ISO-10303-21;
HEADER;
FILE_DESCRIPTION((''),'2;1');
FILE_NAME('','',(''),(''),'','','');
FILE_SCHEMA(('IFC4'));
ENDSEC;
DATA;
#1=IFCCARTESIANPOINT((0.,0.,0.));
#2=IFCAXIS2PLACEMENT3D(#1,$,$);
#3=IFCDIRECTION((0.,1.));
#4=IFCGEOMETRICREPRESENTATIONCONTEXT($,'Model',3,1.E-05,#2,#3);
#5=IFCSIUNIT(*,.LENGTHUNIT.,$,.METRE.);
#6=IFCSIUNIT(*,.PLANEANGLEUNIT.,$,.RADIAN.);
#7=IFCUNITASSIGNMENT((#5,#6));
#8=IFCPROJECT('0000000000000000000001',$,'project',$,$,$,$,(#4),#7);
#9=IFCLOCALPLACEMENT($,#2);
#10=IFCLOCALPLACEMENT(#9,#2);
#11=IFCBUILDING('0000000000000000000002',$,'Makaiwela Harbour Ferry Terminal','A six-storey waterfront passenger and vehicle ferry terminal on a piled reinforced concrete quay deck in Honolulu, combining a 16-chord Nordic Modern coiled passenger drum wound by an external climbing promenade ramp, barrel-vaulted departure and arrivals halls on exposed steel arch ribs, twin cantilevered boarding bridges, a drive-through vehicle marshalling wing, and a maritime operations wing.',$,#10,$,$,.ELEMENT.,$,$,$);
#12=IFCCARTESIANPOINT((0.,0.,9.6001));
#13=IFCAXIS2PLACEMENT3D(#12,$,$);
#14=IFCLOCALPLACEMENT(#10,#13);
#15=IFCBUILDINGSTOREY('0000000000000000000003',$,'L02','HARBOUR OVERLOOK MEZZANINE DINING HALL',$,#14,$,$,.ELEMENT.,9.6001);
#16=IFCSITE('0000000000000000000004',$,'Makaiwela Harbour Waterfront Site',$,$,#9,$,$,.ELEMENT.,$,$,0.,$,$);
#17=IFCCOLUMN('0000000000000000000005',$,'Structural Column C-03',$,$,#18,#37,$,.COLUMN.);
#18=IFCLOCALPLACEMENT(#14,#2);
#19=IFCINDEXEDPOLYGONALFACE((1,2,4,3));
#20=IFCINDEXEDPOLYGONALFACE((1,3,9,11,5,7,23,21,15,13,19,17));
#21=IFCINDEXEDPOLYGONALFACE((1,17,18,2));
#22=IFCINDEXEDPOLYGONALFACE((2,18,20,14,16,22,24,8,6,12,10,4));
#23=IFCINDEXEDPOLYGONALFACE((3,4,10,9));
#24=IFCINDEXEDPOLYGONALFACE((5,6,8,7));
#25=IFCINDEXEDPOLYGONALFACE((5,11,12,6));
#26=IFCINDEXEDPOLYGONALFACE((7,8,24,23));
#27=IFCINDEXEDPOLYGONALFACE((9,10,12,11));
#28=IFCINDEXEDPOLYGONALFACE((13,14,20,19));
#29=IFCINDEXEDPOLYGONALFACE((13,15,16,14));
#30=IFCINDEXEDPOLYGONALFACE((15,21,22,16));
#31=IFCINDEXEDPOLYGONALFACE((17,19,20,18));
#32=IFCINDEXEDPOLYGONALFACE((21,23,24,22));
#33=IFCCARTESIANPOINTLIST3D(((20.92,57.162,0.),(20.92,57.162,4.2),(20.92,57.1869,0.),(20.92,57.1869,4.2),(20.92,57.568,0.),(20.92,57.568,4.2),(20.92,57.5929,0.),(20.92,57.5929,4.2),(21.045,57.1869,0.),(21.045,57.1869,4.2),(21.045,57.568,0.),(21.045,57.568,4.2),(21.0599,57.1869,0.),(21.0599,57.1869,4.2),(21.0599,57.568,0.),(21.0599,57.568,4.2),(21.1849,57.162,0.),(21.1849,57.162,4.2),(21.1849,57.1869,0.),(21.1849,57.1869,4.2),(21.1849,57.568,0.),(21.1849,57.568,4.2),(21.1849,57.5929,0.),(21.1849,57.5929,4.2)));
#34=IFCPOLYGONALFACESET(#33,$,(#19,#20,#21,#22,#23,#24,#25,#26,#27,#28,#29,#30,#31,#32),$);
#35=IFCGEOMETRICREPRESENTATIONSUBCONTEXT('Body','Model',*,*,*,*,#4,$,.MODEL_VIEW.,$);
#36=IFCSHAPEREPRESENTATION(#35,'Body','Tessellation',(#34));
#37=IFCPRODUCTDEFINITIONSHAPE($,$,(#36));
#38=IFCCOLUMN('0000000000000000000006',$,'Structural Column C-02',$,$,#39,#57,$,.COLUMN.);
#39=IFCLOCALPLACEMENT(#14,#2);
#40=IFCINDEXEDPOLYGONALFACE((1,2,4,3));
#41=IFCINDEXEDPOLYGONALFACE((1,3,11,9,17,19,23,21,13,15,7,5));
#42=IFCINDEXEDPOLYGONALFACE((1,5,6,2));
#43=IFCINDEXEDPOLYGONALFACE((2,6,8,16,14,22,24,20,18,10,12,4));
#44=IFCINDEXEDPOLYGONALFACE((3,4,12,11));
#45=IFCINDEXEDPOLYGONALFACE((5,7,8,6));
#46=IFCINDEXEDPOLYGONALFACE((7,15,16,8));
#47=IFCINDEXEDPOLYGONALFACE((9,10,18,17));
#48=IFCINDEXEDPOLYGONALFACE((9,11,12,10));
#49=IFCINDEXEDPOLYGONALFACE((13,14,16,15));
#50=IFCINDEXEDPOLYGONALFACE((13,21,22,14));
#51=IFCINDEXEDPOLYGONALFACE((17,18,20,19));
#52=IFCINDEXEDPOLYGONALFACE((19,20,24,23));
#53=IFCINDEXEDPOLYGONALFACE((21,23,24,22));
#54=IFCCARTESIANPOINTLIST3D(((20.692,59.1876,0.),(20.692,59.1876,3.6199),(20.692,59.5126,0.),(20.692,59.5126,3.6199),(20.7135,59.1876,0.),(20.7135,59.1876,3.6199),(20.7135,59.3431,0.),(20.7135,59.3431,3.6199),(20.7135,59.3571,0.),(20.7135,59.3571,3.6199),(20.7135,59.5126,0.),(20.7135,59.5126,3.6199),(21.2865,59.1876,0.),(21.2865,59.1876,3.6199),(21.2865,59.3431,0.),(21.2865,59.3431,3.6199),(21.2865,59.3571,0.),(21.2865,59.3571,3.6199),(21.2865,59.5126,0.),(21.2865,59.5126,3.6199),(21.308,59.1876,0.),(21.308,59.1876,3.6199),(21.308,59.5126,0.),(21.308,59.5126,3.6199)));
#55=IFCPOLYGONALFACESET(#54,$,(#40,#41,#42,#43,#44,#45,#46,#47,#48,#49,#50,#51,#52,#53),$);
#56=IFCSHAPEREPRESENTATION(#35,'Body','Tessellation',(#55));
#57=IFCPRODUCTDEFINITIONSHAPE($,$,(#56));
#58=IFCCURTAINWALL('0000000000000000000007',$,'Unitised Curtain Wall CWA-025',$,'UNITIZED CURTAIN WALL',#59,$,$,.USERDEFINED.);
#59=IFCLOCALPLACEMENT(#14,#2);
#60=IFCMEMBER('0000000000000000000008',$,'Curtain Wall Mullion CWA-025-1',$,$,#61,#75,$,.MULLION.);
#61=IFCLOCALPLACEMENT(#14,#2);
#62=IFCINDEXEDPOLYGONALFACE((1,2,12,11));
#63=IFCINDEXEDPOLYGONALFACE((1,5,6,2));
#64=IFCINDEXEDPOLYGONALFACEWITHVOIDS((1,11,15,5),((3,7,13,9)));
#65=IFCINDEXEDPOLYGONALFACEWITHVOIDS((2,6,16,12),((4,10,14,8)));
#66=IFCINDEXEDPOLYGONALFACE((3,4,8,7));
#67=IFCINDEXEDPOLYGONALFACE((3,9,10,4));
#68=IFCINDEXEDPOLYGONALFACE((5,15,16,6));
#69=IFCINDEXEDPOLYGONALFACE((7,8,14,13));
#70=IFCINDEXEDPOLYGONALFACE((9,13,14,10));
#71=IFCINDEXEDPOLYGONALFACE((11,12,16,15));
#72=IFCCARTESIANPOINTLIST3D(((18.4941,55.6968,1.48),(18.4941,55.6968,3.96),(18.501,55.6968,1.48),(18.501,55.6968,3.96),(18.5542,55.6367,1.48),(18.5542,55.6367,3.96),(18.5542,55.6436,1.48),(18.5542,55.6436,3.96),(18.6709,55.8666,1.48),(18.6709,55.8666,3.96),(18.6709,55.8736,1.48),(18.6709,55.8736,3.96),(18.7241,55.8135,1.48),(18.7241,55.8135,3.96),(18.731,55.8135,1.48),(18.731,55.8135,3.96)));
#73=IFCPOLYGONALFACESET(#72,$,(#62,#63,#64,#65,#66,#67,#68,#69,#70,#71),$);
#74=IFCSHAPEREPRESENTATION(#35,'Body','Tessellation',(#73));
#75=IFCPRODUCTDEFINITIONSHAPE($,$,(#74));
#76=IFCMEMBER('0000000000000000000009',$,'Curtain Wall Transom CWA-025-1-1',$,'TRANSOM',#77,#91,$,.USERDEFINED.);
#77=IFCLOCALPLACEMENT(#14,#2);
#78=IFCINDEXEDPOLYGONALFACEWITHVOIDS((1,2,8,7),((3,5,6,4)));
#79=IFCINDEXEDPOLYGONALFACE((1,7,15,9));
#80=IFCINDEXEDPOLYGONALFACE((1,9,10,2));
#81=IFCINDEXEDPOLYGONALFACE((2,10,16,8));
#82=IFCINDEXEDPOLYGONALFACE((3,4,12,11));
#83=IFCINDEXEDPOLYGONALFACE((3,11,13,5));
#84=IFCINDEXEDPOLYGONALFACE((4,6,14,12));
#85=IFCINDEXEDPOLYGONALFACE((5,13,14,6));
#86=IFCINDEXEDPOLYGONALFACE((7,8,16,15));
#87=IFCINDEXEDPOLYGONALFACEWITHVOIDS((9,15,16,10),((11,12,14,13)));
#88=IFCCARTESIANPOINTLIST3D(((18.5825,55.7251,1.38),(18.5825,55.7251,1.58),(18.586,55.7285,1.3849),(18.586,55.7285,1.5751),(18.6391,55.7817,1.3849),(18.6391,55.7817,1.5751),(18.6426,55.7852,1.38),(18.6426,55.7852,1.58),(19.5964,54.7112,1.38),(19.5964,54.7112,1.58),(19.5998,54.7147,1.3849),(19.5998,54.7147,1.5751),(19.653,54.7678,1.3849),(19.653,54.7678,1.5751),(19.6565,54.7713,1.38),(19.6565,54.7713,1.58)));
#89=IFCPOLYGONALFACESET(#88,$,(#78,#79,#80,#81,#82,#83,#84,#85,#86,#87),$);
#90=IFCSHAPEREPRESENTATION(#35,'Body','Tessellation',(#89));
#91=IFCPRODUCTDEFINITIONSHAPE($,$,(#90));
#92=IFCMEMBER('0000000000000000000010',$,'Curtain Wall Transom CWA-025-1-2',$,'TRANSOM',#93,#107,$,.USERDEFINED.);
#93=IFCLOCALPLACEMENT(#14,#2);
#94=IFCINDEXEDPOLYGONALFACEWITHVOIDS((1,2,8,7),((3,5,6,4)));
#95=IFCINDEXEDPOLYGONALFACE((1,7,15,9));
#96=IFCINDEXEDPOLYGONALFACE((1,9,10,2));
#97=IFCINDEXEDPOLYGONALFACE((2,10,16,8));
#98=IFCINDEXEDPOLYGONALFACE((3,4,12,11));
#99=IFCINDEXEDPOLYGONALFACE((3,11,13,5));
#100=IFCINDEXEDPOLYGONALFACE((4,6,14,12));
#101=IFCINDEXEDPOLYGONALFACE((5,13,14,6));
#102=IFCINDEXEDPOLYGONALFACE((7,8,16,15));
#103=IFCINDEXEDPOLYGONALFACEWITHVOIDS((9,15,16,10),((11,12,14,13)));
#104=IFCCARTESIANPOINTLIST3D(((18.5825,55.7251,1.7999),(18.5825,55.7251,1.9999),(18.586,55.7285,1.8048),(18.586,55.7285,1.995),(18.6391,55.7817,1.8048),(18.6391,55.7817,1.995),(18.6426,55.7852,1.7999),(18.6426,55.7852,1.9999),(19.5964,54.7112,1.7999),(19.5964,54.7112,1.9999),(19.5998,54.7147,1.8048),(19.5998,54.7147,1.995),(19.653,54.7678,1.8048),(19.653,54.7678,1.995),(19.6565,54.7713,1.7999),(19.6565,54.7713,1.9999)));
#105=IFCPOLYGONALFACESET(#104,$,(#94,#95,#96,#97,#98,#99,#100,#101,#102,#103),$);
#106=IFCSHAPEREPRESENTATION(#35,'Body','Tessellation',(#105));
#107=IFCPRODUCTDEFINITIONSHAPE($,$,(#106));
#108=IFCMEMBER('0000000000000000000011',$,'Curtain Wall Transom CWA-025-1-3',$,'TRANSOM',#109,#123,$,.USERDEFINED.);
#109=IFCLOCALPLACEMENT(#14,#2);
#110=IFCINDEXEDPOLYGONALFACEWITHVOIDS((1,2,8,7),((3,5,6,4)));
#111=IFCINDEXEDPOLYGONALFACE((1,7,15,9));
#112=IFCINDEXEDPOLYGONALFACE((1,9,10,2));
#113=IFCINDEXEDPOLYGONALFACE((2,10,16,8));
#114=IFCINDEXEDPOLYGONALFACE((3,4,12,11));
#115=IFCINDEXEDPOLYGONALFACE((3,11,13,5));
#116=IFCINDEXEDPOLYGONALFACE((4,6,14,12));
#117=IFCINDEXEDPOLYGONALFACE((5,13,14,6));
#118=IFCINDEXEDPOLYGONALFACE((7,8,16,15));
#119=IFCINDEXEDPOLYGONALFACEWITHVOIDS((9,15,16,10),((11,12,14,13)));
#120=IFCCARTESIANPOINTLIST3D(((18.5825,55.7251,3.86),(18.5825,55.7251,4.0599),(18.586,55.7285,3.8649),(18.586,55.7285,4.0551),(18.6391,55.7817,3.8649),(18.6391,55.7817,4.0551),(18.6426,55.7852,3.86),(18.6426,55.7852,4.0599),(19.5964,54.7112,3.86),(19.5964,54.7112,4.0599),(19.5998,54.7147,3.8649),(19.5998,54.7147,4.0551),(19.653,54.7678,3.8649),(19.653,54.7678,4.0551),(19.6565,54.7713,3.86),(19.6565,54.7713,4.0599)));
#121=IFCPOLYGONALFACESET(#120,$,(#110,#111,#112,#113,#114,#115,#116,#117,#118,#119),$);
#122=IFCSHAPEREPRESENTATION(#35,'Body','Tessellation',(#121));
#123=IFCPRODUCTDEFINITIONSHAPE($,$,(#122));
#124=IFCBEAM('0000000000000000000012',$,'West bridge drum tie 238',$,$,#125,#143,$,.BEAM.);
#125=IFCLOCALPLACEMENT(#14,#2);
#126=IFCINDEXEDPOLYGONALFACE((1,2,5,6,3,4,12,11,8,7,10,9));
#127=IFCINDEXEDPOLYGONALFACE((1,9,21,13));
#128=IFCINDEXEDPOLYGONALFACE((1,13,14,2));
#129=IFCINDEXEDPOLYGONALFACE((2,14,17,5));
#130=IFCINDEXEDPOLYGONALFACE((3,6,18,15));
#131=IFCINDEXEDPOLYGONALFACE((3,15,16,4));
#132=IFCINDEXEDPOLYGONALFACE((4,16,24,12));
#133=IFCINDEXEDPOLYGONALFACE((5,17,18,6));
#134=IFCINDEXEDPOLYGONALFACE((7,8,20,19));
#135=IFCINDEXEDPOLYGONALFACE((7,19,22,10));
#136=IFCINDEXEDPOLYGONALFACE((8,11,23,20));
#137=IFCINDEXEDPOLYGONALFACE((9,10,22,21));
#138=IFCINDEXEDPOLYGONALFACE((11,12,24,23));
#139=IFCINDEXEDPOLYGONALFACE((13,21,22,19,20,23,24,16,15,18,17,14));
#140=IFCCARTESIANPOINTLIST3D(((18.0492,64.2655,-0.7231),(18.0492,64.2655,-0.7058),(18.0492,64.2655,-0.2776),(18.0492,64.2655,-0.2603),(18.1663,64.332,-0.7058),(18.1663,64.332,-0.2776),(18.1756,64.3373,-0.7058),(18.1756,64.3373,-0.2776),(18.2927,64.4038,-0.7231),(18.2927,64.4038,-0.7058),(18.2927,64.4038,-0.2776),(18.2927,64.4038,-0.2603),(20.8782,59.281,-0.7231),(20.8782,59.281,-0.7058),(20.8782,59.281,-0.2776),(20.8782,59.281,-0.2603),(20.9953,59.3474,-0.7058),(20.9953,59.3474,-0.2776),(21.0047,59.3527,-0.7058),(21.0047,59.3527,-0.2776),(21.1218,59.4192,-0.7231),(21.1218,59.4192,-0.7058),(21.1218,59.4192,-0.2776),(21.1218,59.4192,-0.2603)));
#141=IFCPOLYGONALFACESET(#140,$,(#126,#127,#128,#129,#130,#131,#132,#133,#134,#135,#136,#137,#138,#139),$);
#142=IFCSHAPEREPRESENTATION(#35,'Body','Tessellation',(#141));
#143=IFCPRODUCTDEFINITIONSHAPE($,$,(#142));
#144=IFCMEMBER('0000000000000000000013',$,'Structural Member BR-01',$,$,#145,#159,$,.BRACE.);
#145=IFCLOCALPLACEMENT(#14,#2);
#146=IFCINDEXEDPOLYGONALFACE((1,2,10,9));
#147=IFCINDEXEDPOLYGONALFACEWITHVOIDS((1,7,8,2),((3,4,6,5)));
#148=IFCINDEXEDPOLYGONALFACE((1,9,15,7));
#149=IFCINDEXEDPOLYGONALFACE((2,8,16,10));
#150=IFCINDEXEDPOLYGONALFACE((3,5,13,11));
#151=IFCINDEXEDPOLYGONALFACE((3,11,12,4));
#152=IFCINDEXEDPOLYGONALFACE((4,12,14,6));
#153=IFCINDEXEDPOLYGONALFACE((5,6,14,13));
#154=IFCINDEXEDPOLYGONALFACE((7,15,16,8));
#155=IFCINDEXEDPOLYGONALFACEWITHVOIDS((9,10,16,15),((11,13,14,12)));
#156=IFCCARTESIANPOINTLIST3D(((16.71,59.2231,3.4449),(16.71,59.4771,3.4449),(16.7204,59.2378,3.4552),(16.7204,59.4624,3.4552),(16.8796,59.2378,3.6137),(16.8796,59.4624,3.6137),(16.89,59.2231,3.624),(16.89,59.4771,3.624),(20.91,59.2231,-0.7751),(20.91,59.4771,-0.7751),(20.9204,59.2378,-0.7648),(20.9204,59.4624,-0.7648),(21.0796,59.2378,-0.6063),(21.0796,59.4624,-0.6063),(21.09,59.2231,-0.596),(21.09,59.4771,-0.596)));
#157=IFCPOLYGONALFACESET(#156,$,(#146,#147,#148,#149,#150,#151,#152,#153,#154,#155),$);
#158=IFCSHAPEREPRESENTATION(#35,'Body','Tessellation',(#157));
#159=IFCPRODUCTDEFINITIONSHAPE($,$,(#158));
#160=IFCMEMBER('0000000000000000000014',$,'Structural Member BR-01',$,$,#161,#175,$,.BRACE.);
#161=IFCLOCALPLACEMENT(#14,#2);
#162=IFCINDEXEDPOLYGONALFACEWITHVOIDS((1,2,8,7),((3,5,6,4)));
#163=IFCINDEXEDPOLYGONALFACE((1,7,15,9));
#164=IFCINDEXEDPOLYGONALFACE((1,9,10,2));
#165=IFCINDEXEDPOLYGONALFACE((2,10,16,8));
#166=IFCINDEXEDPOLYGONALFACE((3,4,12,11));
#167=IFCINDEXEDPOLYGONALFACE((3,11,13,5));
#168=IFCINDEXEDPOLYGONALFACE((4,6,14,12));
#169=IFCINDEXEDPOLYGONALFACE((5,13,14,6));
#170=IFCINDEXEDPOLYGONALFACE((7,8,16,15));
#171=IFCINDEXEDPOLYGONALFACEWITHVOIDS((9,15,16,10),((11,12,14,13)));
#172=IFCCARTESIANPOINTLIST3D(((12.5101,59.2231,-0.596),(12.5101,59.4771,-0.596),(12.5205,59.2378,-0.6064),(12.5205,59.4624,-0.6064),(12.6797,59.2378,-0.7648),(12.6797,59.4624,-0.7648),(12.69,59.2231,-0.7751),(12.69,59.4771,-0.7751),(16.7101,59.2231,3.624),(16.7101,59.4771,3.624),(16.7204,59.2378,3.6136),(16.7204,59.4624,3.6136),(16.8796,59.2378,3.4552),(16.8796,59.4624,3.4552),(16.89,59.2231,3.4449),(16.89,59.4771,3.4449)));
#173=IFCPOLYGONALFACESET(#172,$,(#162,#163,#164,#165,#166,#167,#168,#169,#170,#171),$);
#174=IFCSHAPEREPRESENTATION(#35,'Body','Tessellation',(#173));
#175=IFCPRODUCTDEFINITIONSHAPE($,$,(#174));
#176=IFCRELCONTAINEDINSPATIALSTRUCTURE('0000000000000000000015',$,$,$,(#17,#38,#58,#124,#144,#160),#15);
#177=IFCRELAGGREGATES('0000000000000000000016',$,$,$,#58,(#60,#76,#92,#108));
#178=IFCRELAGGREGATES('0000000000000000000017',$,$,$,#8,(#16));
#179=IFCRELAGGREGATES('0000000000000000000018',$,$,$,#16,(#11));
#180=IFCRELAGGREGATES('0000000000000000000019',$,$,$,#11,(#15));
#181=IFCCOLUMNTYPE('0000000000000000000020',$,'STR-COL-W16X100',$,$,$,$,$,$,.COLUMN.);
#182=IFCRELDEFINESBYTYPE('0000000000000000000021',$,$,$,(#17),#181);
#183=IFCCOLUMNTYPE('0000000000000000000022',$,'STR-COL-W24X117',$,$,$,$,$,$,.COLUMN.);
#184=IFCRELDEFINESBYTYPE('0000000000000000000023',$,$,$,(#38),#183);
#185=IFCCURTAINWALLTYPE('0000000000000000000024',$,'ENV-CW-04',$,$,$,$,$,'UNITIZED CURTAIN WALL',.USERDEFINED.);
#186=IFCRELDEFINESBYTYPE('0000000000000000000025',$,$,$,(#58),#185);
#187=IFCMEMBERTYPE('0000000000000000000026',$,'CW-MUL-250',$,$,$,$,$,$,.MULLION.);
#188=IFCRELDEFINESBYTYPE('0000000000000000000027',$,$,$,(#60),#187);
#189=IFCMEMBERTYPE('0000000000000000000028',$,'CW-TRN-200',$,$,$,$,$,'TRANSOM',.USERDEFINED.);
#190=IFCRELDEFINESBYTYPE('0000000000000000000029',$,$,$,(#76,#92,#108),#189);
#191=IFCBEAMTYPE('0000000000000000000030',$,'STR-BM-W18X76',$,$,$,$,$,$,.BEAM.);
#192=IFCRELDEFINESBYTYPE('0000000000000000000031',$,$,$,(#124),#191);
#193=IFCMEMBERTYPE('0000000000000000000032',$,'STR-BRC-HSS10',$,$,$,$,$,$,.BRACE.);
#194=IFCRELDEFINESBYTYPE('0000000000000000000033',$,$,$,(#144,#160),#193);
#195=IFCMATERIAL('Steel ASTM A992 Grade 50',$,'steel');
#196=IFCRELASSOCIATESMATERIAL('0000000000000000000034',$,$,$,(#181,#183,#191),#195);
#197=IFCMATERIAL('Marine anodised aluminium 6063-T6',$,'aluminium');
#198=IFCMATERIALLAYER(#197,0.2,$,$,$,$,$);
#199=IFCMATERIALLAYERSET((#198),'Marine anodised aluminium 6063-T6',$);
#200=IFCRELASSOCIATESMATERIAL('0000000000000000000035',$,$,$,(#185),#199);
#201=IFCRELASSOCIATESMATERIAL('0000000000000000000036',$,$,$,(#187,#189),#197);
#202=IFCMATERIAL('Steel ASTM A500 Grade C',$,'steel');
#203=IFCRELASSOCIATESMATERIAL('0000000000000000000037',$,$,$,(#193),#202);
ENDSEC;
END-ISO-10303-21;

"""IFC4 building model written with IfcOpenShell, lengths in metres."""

from ifc_helpers import new_model, si_unit, direction, frame, origin, origin_2d, place, context, subcontext, project, spatial, hollow_rectangle, i_section, extrude, material, layer, layer_set, material_profile, profile_set, type_object, element, aggregate, save


model = new_model("IFC4")

# Units and contexts
model_context = context("Model", 3, precision=1e-05, world=origin(), true_north=direction((0.0, 1.0)))
body_context = subcontext(model_context, "Body", "Model", "MODEL_VIEW")
ifc_project = project(units=[si_unit("LENGTHUNIT", "METRE"), si_unit("PLANEANGLEUNIT", "RADIAN")], contexts=[model_context])

# Site, building, storey
site_placement = place(None, origin())
site = spatial("IfcSite", under=ifc_project, at=site_placement, Name="Makaiwela Harbour Waterfront Site", CompositionType="ELEMENT", RefElevation=0.0)
building_placement = place(site_placement, origin())
building = spatial("IfcBuilding", under=site, at=building_placement, Name="Makaiwela Harbour Ferry Terminal", Description="A six-storey waterfront passenger and vehicle ferry terminal on a piled reinforced concrete quay deck in Honolulu, combining a 16-chord Nordic Modern coiled passenger drum wound by an external climbing promenade ramp, barrel-vaulted departure and arrivals halls on exposed steel arch ribs, twin cantilevered boarding bridges, a drive-through vehicle marshalling wing, and a maritime operations wing.", CompositionType="ELEMENT")
storey_placement = place(building_placement, frame((0.0, 0.0, 9.6001)))
storey = spatial("IfcBuildingStorey", under=building, at=storey_placement, Name="L02", Description="HARBOUR OVERLOOK MEZZANINE DINING HALL", CompositionType="ELEMENT", Elevation=9.6001)

# Columns
ifc_material_1 = material(Name="Steel ASTM A992 Grade 50", Category="steel")
ifc_material_profile_1 = material_profile(ifc_material_1, i_section(OverallWidth=0.2649, OverallDepth=0.4309, WebThickness=0.0149, FlangeThickness=0.0249, at=origin_2d()), Name="W16X100")
ifc_profile_set_1 = profile_set([ifc_material_profile_1], Name="Steel ASTM A992 Grade 50")
column_type_1 = type_object("IfcColumnType", Name="STR-COL-W16X100", PredefinedType="COLUMN", material=ifc_profile_set_1)
column_1_placement = place(storey_placement, frame((21.0525, 57.3774, 0.0), z_axis=(0.0, 0.0, 1.0), x_axis=(1.0, 0.0, 0.0)))
element("IfcColumn", 1, at=column_1_placement, inside=storey, type_object=column_type_1, Name="Structural Column C-03", PredefinedType="COLUMN", context=body_context, shape_type="SweptSolid", body=[
    extrude(i_section(OverallWidth=0.2649, OverallDepth=0.4309, WebThickness=0.0149, FlangeThickness=0.0249, at=origin_2d()), origin(), (0.0, 0.0, 1.0), 4.2),
])
ifc_material_profile_2 = material_profile(ifc_material_1, i_section(OverallWidth=0.325, OverallDepth=0.616, WebThickness=0.0139, FlangeThickness=0.0215, at=origin_2d()), Name="W24X117")
ifc_profile_set_2 = profile_set([ifc_material_profile_2], Name="Steel ASTM A992 Grade 50")
column_type_2 = type_object("IfcColumnType", Name="STR-COL-W24X117", PredefinedType="COLUMN", material=ifc_profile_set_2)
column_2_placement = place(storey_placement, frame((21.0, 59.3501, 0.0), z_axis=(0.0, 0.0, 1.0), x_axis=(0.0, 1.0, 0.0)))
element("IfcColumn", 2, at=column_2_placement, inside=storey, type_object=column_type_2, Name="Structural Column C-02", PredefinedType="COLUMN", context=body_context, shape_type="SweptSolid", body=[
    extrude(i_section(OverallWidth=0.325, OverallDepth=0.616, WebThickness=0.0139, FlangeThickness=0.0215, at=origin_2d()), origin(), (0.0, 0.0, 1.0), 3.6199),
])

# Curtain wall, members
ifc_material_2 = material(Name="Marine anodised aluminium 6063-T6", Category="aluminium")
ifc_layer_1 = layer(ifc_material_2, 0.2)
ifc_layer_set_1 = layer_set([ifc_layer_1], Name="Marine anodised aluminium 6063-T6")
curtain_wall_type = type_object("IfcCurtainWallType", Name="ENV-CW-04", ElementType="UNITIZED CURTAIN WALL", PredefinedType="USERDEFINED", material=ifc_layer_set_1)
curtain_wall_placement = place(storey_placement, origin())
curtain_wall = element("IfcCurtainWall", 3, at=curtain_wall_placement, inside=storey, type_object=curtain_wall_type, Name="Unitised Curtain Wall CWA-025", ObjectType="UNITIZED CURTAIN WALL", PredefinedType="USERDEFINED")
ifc_material_profile_3 = material_profile(ifc_material_2, hollow_rectangle(XDim=0.085, YDim=0.25, WallThickness=0.0049, at=origin_2d()), Name="CWM-250X85")
ifc_profile_set_3 = profile_set([ifc_material_profile_3], Name="Marine anodised aluminium 6063-T6")
member_type_1 = type_object("IfcMemberType", Name="CW-MUL-250", PredefinedType="MULLION", material=ifc_profile_set_3)
member_1_placement = place(storey_placement, frame((18.6125, 55.7551, 1.48), z_axis=(0.0, 0.0, 1.0), x_axis=(-0.707107, 0.707107, 0.0)))
member_1 = element("IfcMember", 4, at=member_1_placement, type_object=member_type_1, Name="Curtain Wall Mullion CWA-025-1", PredefinedType="MULLION", context=body_context, shape_type="SweptSolid", body=[
    extrude(hollow_rectangle(XDim=0.085, YDim=0.25, WallThickness=0.0049, at=origin_2d()), origin(), (0.0, 0.0, 1.0), 2.48),
])
ifc_material_profile_4 = material_profile(ifc_material_2, hollow_rectangle(XDim=0.085, YDim=0.2, WallThickness=0.0049, at=origin_2d()), Name="CWT-200X85")
ifc_profile_set_4 = profile_set([ifc_material_profile_4], Name="Marine anodised aluminium 6063-T6")
member_type_2 = type_object("IfcMemberType", Name="CW-TRN-200", ElementType="TRANSOM", PredefinedType="USERDEFINED", material=ifc_profile_set_4)
member_2_placement = place(storey_placement, frame((18.6125, 55.7551, 1.48), z_axis=(0.707107, -0.707107, 0.0), x_axis=(0.707107, 0.707107, 0.0)))
member_2 = element("IfcMember", 5, at=member_2_placement, type_object=member_type_2, Name="Curtain Wall Transom CWA-025-1-1", ObjectType="TRANSOM", PredefinedType="USERDEFINED", context=body_context, shape_type="SweptSolid", body=[
    extrude(hollow_rectangle(XDim=0.085, YDim=0.2, WallThickness=0.0049, at=origin_2d()), origin(), (0.0, 0.0, 1.0), 1.4338),
])
member_3_placement = place(storey_placement, frame((18.6125, 55.7551, 1.8999), z_axis=(0.707107, -0.707107, 0.0), x_axis=(0.707107, 0.707107, 0.0)))
member_3 = element("IfcMember", 6, at=member_3_placement, type_object=member_type_2, Name="Curtain Wall Transom CWA-025-1-2", ObjectType="TRANSOM", PredefinedType="USERDEFINED", context=body_context, shape_type="SweptSolid", body=[
    extrude(hollow_rectangle(XDim=0.085, YDim=0.2, WallThickness=0.0049, at=origin_2d()), origin(), (0.0, 0.0, 1.0), 1.4338),
])
member_4_placement = place(storey_placement, frame((18.6125, 55.7551, 3.96), z_axis=(0.707107, -0.707107, 0.0), x_axis=(0.707107, 0.707107, 0.0)))
member_4 = element("IfcMember", 7, at=member_4_placement, type_object=member_type_2, Name="Curtain Wall Transom CWA-025-1-3", ObjectType="TRANSOM", PredefinedType="USERDEFINED", context=body_context, shape_type="SweptSolid", body=[
    extrude(hollow_rectangle(XDim=0.085, YDim=0.2, WallThickness=0.0049, at=origin_2d()), origin(), (0.0, 0.0, 1.0), 1.4338),
])
aggregate(curtain_wall, [member_1, member_2, member_3, member_4])

# Beam
ifc_material_profile_5 = material_profile(ifc_material_1, i_section(OverallWidth=0.28, OverallDepth=0.4629, WebThickness=0.0107, FlangeThickness=0.0173, at=origin_2d()), Name="W18X76")
ifc_profile_set_5 = profile_set([ifc_material_profile_5], Name="Steel ASTM A992 Grade 50")
beam_type_1 = type_object("IfcBeamType", Name="STR-BM-W18X76", PredefinedType="BEAM", material=ifc_profile_set_5)
beam_1_placement = place(storey_placement, frame((21.0, 59.3501, -0.4917), z_axis=(-0.493605, 0.869686, 0.0), x_axis=(-0.869686, -0.493605, 0.0)))
element("IfcBeam", 8, at=beam_1_placement, inside=storey, type_object=beam_type_1, Name="West bridge drum tie 238", PredefinedType="BEAM", context=body_context, shape_type="SweptSolid", body=[
    extrude(i_section(OverallWidth=0.28, OverallDepth=0.4629, WebThickness=0.0107, FlangeThickness=0.0173, at=origin_2d()), origin(), (0.0, 0.0, 1.0), 5.7314),
])

# Members
ifc_material_3 = material(Name="Steel ASTM A500 Grade C", Category="steel")
ifc_material_profile_6 = material_profile(ifc_material_3, hollow_rectangle(XDim=0.2539, YDim=0.2539, WallThickness=0.0146, at=origin_2d()), Name="HSS10X10X5/8")
ifc_profile_set_6 = profile_set([ifc_material_profile_6], Name="Steel ASTM A500 Grade C")
member_type_3 = type_object("IfcMemberType", Name="STR-BRC-HSS10", PredefinedType="BRACE", material=ifc_profile_set_6)
for number, where, z_axis, x_axis, name in (
    (9, (21.0, 59.3501, -0.6855), (-0.705424, 0.0, 0.708786), (0.0, -1.0, 0.0), "Structural Member BR-01"),
    (10, (16.8, 59.3501, 3.5344), (-0.705424, 0.0, -0.708786), (0.0, -1.0, 0.0), "Structural Member BR-01"),
):
    element("IfcMember", number, at=place(storey_placement, frame(where, z_axis=z_axis, x_axis=x_axis)), inside=storey, type_object=member_type_3, Name=name, PredefinedType="BRACE", context=body_context, shape_type="SweptSolid", body=[
        extrude(hollow_rectangle(XDim=0.2539, YDim=0.2539, WallThickness=0.0146, at=origin_2d()), origin(), (0.0, 0.0, 1.0), 5.9539),
    ])

save(model, "model.ifc")
